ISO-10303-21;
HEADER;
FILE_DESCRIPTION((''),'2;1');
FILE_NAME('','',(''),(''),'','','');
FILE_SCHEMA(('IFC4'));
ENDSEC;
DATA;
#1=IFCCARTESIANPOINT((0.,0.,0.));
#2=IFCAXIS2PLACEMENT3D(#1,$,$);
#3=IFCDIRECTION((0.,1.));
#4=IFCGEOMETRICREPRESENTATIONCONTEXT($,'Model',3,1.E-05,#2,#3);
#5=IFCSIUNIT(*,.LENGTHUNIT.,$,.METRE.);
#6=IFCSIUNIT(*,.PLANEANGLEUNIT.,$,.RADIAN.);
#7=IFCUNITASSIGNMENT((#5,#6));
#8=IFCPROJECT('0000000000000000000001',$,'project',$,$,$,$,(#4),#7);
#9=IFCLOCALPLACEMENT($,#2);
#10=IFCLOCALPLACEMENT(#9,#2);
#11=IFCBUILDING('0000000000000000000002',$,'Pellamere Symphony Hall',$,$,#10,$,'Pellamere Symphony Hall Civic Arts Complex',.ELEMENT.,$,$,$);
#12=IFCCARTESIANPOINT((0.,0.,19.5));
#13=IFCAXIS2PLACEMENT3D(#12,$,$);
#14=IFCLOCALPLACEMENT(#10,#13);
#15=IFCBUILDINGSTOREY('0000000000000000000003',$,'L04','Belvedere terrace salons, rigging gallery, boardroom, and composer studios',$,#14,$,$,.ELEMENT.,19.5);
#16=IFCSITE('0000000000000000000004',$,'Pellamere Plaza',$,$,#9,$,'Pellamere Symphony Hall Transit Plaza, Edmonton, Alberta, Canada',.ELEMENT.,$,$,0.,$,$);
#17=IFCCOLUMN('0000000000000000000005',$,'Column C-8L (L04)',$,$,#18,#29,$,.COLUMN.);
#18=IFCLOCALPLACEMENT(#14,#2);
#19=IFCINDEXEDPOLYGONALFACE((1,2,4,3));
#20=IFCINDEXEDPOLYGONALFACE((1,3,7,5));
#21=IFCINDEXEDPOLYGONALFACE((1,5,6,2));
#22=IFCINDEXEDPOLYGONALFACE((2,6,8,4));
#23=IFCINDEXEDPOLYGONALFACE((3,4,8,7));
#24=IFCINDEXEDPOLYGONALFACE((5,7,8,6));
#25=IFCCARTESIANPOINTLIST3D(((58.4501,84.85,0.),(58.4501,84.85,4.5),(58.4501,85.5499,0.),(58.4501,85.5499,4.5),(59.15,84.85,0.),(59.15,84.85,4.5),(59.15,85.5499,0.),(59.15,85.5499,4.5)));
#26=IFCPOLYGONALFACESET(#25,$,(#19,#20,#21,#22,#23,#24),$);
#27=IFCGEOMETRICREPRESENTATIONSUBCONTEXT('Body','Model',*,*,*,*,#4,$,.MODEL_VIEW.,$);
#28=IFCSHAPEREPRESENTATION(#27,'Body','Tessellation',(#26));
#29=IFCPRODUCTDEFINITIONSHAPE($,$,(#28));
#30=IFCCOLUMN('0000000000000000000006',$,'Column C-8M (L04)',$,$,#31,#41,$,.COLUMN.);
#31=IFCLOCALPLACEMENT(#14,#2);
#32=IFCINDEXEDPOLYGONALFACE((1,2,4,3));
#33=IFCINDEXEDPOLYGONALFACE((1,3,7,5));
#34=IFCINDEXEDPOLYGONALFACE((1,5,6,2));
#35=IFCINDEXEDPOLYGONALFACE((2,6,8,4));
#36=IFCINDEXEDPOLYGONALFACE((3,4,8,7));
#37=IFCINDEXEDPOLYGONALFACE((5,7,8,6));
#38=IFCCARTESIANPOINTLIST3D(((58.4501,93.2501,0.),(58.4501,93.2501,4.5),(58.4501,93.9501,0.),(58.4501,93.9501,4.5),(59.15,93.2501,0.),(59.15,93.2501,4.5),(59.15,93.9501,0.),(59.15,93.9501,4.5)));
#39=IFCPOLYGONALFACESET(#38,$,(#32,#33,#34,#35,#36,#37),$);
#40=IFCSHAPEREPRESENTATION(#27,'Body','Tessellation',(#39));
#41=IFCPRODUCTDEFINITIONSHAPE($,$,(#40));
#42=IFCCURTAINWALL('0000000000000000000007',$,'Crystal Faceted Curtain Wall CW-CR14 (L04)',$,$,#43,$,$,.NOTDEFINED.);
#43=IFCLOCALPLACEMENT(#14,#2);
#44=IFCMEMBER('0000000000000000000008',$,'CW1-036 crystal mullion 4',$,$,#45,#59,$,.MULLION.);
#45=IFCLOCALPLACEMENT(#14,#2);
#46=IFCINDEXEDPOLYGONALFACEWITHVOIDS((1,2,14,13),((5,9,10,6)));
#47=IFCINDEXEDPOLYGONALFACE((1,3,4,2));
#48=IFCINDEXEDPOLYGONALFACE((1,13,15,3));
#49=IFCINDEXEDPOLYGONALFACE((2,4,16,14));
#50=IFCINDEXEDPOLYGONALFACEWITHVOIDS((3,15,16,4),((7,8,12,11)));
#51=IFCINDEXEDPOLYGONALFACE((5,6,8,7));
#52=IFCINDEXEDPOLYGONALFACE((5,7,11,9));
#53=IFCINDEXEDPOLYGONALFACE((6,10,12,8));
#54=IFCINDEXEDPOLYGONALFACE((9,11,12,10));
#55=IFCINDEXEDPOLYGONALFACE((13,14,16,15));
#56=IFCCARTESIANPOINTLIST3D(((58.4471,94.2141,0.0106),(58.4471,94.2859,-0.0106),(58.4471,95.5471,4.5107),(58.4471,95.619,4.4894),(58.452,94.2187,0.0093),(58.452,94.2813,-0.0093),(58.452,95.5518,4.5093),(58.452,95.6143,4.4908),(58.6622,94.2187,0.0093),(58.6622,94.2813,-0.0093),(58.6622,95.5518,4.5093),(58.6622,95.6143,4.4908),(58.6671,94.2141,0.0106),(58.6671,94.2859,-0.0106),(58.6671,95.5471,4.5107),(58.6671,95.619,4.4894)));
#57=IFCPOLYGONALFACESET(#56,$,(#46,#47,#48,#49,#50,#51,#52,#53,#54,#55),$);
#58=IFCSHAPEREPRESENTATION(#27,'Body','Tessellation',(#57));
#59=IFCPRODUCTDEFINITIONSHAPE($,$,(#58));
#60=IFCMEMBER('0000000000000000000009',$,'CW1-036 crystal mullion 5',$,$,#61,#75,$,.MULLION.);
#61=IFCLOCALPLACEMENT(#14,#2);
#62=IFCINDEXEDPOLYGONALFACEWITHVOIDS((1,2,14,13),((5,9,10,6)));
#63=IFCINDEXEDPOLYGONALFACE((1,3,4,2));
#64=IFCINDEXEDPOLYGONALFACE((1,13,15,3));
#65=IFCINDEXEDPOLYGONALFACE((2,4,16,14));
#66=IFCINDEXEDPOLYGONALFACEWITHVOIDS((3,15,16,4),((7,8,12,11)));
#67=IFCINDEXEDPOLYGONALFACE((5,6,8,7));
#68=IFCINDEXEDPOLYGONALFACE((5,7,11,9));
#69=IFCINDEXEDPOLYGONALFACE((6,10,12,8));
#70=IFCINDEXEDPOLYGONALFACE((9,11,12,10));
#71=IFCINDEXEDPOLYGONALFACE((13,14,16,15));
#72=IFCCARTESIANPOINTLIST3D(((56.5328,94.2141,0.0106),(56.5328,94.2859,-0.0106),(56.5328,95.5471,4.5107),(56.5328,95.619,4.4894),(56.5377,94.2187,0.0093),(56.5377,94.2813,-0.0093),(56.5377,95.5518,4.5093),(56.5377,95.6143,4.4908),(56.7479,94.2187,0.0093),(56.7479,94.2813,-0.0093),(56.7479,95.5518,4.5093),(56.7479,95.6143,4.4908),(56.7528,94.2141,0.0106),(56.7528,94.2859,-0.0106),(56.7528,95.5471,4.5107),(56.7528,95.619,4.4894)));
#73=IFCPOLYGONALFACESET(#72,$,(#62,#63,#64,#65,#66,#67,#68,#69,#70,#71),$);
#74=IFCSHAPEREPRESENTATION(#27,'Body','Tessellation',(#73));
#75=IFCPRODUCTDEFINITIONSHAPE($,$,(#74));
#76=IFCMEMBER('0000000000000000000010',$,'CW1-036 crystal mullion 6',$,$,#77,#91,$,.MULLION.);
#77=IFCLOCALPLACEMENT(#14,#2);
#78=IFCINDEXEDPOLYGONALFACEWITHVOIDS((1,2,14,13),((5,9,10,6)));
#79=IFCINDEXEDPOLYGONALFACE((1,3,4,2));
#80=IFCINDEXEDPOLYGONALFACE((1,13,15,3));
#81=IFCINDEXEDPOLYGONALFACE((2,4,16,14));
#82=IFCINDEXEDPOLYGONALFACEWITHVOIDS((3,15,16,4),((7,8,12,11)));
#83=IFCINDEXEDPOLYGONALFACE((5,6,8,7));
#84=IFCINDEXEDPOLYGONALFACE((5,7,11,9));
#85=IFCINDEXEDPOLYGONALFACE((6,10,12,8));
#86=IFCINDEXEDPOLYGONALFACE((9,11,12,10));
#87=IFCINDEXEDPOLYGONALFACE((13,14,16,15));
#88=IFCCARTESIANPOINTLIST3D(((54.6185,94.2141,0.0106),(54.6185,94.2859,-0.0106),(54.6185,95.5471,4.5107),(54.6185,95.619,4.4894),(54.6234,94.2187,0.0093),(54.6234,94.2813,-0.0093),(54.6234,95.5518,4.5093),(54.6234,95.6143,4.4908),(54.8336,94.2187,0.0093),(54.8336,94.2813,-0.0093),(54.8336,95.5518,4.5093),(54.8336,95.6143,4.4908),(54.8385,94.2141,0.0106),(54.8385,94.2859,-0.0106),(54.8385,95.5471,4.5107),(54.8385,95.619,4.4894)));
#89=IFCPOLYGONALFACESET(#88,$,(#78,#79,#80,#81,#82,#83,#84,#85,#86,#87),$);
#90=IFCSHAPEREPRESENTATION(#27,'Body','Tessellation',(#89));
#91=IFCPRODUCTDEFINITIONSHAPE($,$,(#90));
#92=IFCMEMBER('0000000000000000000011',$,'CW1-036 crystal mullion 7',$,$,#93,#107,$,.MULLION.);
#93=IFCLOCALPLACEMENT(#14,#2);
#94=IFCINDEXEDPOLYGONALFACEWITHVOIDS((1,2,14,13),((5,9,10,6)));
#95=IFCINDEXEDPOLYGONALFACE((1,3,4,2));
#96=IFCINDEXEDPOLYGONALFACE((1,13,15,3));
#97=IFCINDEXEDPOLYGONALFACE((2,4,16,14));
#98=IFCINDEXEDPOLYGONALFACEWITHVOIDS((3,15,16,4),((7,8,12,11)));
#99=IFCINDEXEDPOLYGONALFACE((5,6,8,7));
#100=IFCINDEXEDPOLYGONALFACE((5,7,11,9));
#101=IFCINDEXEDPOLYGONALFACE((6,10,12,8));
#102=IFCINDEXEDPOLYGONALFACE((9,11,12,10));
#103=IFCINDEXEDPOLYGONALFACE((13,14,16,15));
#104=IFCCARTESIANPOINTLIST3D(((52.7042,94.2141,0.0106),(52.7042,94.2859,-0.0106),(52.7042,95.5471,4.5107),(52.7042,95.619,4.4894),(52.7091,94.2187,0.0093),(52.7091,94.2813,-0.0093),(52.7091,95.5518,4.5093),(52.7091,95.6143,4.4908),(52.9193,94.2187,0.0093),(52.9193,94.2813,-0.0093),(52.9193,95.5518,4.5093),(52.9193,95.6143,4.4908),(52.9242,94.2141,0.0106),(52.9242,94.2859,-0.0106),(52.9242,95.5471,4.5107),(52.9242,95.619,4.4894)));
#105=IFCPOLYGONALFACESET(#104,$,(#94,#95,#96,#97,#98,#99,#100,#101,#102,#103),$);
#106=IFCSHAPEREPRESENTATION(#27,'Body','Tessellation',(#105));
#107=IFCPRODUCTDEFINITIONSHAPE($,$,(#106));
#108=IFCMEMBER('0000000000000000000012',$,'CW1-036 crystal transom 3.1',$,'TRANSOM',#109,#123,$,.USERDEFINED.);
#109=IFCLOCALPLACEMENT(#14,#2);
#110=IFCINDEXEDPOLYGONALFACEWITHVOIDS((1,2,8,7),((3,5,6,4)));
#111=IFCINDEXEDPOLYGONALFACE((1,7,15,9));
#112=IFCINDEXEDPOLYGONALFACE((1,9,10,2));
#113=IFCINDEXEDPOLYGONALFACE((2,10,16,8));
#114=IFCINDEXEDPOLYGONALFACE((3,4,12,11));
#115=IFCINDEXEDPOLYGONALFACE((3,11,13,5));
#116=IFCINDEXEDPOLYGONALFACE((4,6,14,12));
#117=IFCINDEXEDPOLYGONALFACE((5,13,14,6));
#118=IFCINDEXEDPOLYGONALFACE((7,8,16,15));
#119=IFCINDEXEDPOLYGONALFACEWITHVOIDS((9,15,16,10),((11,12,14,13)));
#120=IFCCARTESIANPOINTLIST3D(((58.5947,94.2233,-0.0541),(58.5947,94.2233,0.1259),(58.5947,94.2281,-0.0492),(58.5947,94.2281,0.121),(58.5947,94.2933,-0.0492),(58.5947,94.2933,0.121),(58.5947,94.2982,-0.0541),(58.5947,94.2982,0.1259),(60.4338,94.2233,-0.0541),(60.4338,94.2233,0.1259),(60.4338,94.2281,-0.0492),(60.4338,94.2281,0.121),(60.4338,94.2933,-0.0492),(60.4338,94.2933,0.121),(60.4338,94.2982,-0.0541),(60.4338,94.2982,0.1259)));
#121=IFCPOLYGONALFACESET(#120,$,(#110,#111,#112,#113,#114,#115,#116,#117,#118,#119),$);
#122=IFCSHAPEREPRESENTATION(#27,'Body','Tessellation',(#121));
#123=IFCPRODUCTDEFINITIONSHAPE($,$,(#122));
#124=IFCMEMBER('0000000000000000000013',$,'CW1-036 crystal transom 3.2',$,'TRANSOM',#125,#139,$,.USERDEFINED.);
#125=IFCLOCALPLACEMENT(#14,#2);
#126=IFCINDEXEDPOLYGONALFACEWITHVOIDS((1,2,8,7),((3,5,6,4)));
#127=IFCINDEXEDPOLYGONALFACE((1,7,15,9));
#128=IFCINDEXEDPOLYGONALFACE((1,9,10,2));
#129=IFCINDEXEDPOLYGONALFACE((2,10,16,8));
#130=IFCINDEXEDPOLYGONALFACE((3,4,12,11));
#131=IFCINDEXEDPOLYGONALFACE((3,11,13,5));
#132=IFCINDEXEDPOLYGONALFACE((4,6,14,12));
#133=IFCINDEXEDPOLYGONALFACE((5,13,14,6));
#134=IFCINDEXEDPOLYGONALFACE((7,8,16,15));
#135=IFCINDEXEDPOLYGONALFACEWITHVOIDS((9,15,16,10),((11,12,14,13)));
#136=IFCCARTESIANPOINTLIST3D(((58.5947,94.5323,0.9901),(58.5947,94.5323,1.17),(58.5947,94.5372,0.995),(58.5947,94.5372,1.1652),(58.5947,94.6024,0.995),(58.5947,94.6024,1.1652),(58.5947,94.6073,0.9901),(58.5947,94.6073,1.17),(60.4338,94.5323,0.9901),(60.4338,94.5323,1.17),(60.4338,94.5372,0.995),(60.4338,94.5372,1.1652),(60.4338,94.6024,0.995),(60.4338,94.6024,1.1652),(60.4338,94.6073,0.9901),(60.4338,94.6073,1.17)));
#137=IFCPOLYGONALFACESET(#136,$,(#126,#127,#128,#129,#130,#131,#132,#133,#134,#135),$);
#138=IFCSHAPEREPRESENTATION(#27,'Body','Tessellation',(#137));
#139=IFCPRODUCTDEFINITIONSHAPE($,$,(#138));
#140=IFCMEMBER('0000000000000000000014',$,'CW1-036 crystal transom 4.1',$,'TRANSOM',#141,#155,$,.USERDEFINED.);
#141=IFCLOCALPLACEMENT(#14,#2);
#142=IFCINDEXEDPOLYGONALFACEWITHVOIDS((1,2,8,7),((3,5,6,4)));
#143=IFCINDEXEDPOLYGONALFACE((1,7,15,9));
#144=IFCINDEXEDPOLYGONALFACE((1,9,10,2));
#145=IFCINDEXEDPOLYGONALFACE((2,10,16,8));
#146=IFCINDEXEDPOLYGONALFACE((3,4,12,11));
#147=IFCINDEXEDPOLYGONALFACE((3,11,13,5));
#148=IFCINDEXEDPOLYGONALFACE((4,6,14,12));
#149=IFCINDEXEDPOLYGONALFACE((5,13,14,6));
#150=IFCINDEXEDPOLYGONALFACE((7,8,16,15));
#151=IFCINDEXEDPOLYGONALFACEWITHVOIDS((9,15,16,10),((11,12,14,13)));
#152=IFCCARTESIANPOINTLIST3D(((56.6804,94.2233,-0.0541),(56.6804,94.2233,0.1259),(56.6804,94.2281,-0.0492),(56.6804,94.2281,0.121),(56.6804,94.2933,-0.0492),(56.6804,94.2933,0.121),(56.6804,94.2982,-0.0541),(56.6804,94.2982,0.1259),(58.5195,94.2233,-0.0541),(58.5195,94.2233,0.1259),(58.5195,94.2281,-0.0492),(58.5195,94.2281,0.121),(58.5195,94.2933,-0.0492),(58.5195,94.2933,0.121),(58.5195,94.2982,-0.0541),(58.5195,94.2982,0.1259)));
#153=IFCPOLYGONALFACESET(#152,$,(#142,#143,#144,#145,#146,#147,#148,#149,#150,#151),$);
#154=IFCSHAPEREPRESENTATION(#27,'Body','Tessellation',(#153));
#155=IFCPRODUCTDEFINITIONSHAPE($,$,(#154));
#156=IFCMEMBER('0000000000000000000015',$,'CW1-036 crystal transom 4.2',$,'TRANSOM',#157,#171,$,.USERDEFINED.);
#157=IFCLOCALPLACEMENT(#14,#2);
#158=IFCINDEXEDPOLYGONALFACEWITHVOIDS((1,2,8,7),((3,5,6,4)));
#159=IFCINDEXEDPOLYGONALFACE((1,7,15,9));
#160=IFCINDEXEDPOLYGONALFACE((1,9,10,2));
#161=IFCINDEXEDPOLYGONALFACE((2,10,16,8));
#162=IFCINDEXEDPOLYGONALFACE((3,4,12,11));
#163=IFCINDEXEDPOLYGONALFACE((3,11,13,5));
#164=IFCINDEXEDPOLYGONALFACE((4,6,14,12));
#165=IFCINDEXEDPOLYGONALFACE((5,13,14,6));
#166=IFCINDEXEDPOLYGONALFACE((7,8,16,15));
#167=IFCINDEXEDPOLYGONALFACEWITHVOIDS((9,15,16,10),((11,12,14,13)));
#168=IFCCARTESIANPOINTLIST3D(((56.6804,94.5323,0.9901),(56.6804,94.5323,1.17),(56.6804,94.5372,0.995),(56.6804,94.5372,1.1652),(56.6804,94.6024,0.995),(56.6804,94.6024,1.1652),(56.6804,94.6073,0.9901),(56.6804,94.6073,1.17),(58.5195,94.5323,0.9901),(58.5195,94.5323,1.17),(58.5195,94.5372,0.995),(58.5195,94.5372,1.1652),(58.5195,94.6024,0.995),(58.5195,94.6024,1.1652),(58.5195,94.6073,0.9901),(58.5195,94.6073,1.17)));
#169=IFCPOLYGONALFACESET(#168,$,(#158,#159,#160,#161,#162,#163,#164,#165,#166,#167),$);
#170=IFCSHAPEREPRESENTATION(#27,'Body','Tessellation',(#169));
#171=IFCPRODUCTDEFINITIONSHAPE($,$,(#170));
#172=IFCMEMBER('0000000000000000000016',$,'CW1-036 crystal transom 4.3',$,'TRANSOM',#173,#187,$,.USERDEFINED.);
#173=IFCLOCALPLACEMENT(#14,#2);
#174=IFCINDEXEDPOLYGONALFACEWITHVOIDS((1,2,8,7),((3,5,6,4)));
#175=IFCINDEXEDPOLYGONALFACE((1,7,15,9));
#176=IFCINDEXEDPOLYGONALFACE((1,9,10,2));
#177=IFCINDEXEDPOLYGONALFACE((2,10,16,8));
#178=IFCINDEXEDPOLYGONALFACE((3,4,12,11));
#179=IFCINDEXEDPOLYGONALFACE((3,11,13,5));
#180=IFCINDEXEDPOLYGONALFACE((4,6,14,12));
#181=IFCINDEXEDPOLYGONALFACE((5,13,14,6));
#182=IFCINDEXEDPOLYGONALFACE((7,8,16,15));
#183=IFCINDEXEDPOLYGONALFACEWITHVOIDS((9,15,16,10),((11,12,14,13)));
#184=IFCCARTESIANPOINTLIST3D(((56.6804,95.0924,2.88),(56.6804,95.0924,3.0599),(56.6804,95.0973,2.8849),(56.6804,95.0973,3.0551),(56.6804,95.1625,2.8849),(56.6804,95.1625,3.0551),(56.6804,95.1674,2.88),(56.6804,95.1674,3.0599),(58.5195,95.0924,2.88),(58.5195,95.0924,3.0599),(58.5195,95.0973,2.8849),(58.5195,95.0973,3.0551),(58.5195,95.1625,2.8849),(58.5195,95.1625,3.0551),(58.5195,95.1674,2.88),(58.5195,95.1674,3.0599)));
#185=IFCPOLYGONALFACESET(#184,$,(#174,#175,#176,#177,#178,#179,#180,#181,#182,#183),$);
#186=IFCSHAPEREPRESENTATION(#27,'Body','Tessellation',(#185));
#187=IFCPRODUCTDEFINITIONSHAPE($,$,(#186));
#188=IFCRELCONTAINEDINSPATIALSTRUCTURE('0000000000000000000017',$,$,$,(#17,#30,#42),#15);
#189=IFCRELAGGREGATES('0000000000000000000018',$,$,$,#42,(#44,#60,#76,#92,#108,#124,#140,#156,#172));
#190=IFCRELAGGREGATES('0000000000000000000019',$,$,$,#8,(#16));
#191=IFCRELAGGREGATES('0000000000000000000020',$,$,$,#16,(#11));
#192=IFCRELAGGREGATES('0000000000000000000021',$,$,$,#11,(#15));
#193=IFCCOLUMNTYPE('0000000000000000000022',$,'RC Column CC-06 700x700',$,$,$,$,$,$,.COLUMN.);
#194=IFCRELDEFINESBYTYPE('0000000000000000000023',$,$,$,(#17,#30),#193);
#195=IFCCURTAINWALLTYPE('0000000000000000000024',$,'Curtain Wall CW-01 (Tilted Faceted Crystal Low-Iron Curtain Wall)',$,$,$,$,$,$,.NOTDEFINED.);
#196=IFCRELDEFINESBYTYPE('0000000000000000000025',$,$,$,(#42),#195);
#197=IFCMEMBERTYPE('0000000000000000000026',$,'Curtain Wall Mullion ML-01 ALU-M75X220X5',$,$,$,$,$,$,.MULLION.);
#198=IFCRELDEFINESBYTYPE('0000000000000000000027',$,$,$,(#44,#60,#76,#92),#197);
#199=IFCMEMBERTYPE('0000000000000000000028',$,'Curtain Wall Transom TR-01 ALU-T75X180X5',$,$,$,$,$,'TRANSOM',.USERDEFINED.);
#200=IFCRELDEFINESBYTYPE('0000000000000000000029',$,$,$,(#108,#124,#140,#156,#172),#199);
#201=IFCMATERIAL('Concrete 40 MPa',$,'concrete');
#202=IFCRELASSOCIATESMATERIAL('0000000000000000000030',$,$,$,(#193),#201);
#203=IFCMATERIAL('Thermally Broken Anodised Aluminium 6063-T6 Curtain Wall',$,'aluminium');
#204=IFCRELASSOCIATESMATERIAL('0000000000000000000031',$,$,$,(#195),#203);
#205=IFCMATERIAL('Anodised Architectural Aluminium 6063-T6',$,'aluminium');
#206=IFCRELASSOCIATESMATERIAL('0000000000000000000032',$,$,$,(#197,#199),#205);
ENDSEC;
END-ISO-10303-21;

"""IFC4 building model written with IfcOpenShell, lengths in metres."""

from ifc_helpers import new_model, si_unit, direction, frame, origin, origin_2d, place, context, subcontext, project, spatial, rectangle, hollow_rectangle, extrude, material, material_profile, profile_set, type_object, element, aggregate, save


model = new_model("IFC4")

# Units and contexts
model_context = context("Model", 3, precision=1e-05, world=origin(), true_north=direction((0.0, 1.0)))
body_context = subcontext(model_context, "Body", "Model", "MODEL_VIEW")
ifc_project = project(units=[si_unit("LENGTHUNIT", "METRE"), si_unit("PLANEANGLEUNIT", "RADIAN")], contexts=[model_context])

# Site, building, storey
site_placement = place(None, origin())
site = spatial("IfcSite", under=ifc_project, at=site_placement, Name="Pellamere Plaza", LongName="Pellamere Symphony Hall Transit Plaza, Edmonton, Alberta, Canada", CompositionType="ELEMENT", RefElevation=0.0)
building_placement = place(site_placement, origin())
building = spatial("IfcBuilding", under=site, at=building_placement, Name="Pellamere Symphony Hall", LongName="Pellamere Symphony Hall Civic Arts Complex", CompositionType="ELEMENT")
storey_placement = place(building_placement, frame((0.0, 0.0, 19.5)))
storey = spatial("IfcBuildingStorey", under=building, at=storey_placement, Name="L04", Description="Belvedere terrace salons, rigging gallery, boardroom, and composer studios", CompositionType="ELEMENT", Elevation=19.5)

# Columns
ifc_material_1 = material(Name="Concrete 40 MPa", Category="concrete")
ifc_material_profile_1 = material_profile(ifc_material_1, rectangle(XDim=0.7, YDim=0.7, at=origin_2d()), Name="RC 700x700")
ifc_profile_set_1 = profile_set([ifc_material_profile_1], Name="Concrete 40 MPa")
column_type = type_object("IfcColumnType", Name="RC Column CC-06 700x700", PredefinedType="COLUMN", material=ifc_profile_set_1)
for number, where, z_axis, x_axis, name in (
    (1, (58.8, 85.2, 0.0), (0.0, 0.0, 1.0), (1.0, 0.0, 0.0), "Column C-8L (L04)"),
    (2, (58.8, 93.6001, 0.0), (0.0, 0.0, 1.0), (1.0, 0.0, 0.0), "Column C-8M (L04)"),
):
    element("IfcColumn", number, at=place(storey_placement, frame(where, z_axis=z_axis, x_axis=x_axis)), inside=storey, type_object=column_type, Name=name, PredefinedType="COLUMN", context=body_context, shape_type="SweptSolid", body=[
        extrude(rectangle(XDim=0.7, YDim=0.7, at=origin_2d()), origin(), (0.0, 0.0, 1.0), 4.5),
    ])

# Curtain wall, members
ifc_material_2 = material(Name="Thermally Broken Anodised Aluminium 6063-T6 Curtain Wall", Category="aluminium")
curtain_wall_type = type_object("IfcCurtainWallType", Name="Curtain Wall CW-01 (Tilted Faceted Crystal Low-Iron Curtain Wall)", PredefinedType="NOTDEFINED", material=ifc_material_2)
curtain_wall_placement = place(storey_placement, origin())
curtain_wall = element("IfcCurtainWall", 3, at=curtain_wall_placement, inside=storey, type_object=curtain_wall_type, Name="Crystal Faceted Curtain Wall CW-CR14 (L04)", PredefinedType="NOTDEFINED")
ifc_material_3 = material(Name="Anodised Architectural Aluminium 6063-T6", Category="aluminium")
ifc_material_profile_2 = material_profile(ifc_material_3, hollow_rectangle(XDim=0.075, YDim=0.22, WallThickness=0.0049, at=origin_2d()), Name="ALU-M75X220X5")
ifc_profile_set_2 = profile_set([ifc_material_profile_2], Name="Anodised Architectural Aluminium 6063-T6")
member_type_1 = type_object("IfcMemberType", Name="Curtain Wall Mullion ML-01 ALU-M75X220X5", PredefinedType="MULLION", material=ifc_profile_set_2)
member_1_placement = place(storey_placement, frame((58.5571, 94.25, 0.0), z_axis=(0.0, 0.284025, 0.958817), x_axis=(0.0, 0.958817, -0.284025)))
member_1 = element("IfcMember", 4, at=member_1_placement, type_object=member_type_1, Name="CW1-036 crystal mullion 4", PredefinedType="MULLION", context=body_context, shape_type="SweptSolid", body=[
    extrude(hollow_rectangle(XDim=0.075, YDim=0.22, WallThickness=0.0049, at=origin_2d()), origin(), (0.0, 0.0, 1.0), 4.6934),
])
member_2_placement = place(storey_placement, frame((56.6428, 94.25, 0.0), z_axis=(0.0, 0.284025, 0.958817), x_axis=(0.0, 0.958817, -0.284025)))
member_2 = element("IfcMember", 5, at=member_2_placement, type_object=member_type_1, Name="CW1-036 crystal mullion 5", PredefinedType="MULLION", context=body_context, shape_type="SweptSolid", body=[
    extrude(hollow_rectangle(XDim=0.075, YDim=0.22, WallThickness=0.0049, at=origin_2d()), origin(), (0.0, 0.0, 1.0), 4.6934),
])
member_3_placement = place(storey_placement, frame((54.7285, 94.25, 0.0), z_axis=(0.0, 0.284025, 0.958817), x_axis=(0.0, 0.958817, -0.284025)))
member_3 = element("IfcMember", 6, at=member_3_placement, type_object=member_type_1, Name="CW1-036 crystal mullion 6", PredefinedType="MULLION", context=body_context, shape_type="SweptSolid", body=[
    extrude(hollow_rectangle(XDim=0.075, YDim=0.22, WallThickness=0.0049, at=origin_2d()), origin(), (0.0, 0.0, 1.0), 4.6934),
])
member_4_placement = place(storey_placement, frame((52.8142, 94.25, 0.0), z_axis=(0.0, 0.284025, 0.958817), x_axis=(0.0, 0.958817, -0.284025)))
member_4 = element("IfcMember", 7, at=member_4_placement, type_object=member_type_1, Name="CW1-036 crystal mullion 7", PredefinedType="MULLION", context=body_context, shape_type="SweptSolid", body=[
    extrude(hollow_rectangle(XDim=0.075, YDim=0.22, WallThickness=0.0049, at=origin_2d()), origin(), (0.0, 0.0, 1.0), 4.6934),
])
ifc_material_profile_3 = material_profile(ifc_material_3, hollow_rectangle(XDim=0.075, YDim=0.1799, WallThickness=0.0049, at=origin_2d()), Name="ALU-T75X180X5")
ifc_profile_set_3 = profile_set([ifc_material_profile_3], Name="Anodised Architectural Aluminium 6063-T6")
member_type_2 = type_object("IfcMemberType", Name="Curtain Wall Transom TR-01 ALU-T75X180X5", ElementType="TRANSOM", PredefinedType="USERDEFINED", material=ifc_profile_set_3)
member_5_placement = place(storey_placement, frame((60.4338, 94.2607, 0.0359), z_axis=(-1.0, 0.0, 0.0), x_axis=(0.0, -1.0, 0.0)))
member_5 = element("IfcMember", 8, at=member_5_placement, type_object=member_type_2, Name="CW1-036 crystal transom 3.1", ObjectType="TRANSOM", PredefinedType="USERDEFINED", context=body_context, shape_type="SweptSolid", body=[
    extrude(hollow_rectangle(XDim=0.075, YDim=0.1799, WallThickness=0.0049, at=origin_2d()), origin(), (0.0, 0.0, 1.0), 1.8391),
])
member_6_placement = place(storey_placement, frame((60.4338, 94.5698, 1.0801), z_axis=(-1.0, 0.0, 0.0), x_axis=(0.0, -1.0, 0.0)))
member_6 = element("IfcMember", 9, at=member_6_placement, type_object=member_type_2, Name="CW1-036 crystal transom 3.2", ObjectType="TRANSOM", PredefinedType="USERDEFINED", context=body_context, shape_type="SweptSolid", body=[
    extrude(hollow_rectangle(XDim=0.075, YDim=0.1799, WallThickness=0.0049, at=origin_2d()), origin(), (0.0, 0.0, 1.0), 1.8391),
])
member_7_placement = place(storey_placement, frame((58.5195, 94.2607, 0.0359), z_axis=(-1.0, 0.0, 0.0), x_axis=(0.0, -1.0, 0.0)))
member_7 = element("IfcMember", 10, at=member_7_placement, type_object=member_type_2, Name="CW1-036 crystal transom 4.1", ObjectType="TRANSOM", PredefinedType="USERDEFINED", context=body_context, shape_type="SweptSolid", body=[
    extrude(hollow_rectangle(XDim=0.075, YDim=0.1799, WallThickness=0.0049, at=origin_2d()), origin(), (0.0, 0.0, 1.0), 1.8391),
])
member_8_placement = place(storey_placement, frame((58.5195, 94.5698, 1.0801), z_axis=(-1.0, 0.0, 0.0), x_axis=(0.0, -1.0, 0.0)))
member_8 = element("IfcMember", 11, at=member_8_placement, type_object=member_type_2, Name="CW1-036 crystal transom 4.2", ObjectType="TRANSOM", PredefinedType="USERDEFINED", context=body_context, shape_type="SweptSolid", body=[
    extrude(hollow_rectangle(XDim=0.075, YDim=0.1799, WallThickness=0.0049, at=origin_2d()), origin(), (0.0, 0.0, 1.0), 1.8391),
])
member_9_placement = place(storey_placement, frame((58.5195, 95.1299, 2.97), z_axis=(-1.0, 0.0, 0.0), x_axis=(0.0, -1.0, 0.0)))
member_9 = element("IfcMember", 12, at=member_9_placement, type_object=member_type_2, Name="CW1-036 crystal transom 4.3", ObjectType="TRANSOM", PredefinedType="USERDEFINED", context=body_context, shape_type="SweptSolid", body=[
    extrude(hollow_rectangle(XDim=0.075, YDim=0.1799, WallThickness=0.0049, at=origin_2d()), origin(), (0.0, 0.0, 1.0), 1.8391),
])

aggregate(curtain_wall, [member_1, member_2, member_3, member_4, member_5, member_6, member_7, member_8, member_9])

save(model, "model.ifc")
